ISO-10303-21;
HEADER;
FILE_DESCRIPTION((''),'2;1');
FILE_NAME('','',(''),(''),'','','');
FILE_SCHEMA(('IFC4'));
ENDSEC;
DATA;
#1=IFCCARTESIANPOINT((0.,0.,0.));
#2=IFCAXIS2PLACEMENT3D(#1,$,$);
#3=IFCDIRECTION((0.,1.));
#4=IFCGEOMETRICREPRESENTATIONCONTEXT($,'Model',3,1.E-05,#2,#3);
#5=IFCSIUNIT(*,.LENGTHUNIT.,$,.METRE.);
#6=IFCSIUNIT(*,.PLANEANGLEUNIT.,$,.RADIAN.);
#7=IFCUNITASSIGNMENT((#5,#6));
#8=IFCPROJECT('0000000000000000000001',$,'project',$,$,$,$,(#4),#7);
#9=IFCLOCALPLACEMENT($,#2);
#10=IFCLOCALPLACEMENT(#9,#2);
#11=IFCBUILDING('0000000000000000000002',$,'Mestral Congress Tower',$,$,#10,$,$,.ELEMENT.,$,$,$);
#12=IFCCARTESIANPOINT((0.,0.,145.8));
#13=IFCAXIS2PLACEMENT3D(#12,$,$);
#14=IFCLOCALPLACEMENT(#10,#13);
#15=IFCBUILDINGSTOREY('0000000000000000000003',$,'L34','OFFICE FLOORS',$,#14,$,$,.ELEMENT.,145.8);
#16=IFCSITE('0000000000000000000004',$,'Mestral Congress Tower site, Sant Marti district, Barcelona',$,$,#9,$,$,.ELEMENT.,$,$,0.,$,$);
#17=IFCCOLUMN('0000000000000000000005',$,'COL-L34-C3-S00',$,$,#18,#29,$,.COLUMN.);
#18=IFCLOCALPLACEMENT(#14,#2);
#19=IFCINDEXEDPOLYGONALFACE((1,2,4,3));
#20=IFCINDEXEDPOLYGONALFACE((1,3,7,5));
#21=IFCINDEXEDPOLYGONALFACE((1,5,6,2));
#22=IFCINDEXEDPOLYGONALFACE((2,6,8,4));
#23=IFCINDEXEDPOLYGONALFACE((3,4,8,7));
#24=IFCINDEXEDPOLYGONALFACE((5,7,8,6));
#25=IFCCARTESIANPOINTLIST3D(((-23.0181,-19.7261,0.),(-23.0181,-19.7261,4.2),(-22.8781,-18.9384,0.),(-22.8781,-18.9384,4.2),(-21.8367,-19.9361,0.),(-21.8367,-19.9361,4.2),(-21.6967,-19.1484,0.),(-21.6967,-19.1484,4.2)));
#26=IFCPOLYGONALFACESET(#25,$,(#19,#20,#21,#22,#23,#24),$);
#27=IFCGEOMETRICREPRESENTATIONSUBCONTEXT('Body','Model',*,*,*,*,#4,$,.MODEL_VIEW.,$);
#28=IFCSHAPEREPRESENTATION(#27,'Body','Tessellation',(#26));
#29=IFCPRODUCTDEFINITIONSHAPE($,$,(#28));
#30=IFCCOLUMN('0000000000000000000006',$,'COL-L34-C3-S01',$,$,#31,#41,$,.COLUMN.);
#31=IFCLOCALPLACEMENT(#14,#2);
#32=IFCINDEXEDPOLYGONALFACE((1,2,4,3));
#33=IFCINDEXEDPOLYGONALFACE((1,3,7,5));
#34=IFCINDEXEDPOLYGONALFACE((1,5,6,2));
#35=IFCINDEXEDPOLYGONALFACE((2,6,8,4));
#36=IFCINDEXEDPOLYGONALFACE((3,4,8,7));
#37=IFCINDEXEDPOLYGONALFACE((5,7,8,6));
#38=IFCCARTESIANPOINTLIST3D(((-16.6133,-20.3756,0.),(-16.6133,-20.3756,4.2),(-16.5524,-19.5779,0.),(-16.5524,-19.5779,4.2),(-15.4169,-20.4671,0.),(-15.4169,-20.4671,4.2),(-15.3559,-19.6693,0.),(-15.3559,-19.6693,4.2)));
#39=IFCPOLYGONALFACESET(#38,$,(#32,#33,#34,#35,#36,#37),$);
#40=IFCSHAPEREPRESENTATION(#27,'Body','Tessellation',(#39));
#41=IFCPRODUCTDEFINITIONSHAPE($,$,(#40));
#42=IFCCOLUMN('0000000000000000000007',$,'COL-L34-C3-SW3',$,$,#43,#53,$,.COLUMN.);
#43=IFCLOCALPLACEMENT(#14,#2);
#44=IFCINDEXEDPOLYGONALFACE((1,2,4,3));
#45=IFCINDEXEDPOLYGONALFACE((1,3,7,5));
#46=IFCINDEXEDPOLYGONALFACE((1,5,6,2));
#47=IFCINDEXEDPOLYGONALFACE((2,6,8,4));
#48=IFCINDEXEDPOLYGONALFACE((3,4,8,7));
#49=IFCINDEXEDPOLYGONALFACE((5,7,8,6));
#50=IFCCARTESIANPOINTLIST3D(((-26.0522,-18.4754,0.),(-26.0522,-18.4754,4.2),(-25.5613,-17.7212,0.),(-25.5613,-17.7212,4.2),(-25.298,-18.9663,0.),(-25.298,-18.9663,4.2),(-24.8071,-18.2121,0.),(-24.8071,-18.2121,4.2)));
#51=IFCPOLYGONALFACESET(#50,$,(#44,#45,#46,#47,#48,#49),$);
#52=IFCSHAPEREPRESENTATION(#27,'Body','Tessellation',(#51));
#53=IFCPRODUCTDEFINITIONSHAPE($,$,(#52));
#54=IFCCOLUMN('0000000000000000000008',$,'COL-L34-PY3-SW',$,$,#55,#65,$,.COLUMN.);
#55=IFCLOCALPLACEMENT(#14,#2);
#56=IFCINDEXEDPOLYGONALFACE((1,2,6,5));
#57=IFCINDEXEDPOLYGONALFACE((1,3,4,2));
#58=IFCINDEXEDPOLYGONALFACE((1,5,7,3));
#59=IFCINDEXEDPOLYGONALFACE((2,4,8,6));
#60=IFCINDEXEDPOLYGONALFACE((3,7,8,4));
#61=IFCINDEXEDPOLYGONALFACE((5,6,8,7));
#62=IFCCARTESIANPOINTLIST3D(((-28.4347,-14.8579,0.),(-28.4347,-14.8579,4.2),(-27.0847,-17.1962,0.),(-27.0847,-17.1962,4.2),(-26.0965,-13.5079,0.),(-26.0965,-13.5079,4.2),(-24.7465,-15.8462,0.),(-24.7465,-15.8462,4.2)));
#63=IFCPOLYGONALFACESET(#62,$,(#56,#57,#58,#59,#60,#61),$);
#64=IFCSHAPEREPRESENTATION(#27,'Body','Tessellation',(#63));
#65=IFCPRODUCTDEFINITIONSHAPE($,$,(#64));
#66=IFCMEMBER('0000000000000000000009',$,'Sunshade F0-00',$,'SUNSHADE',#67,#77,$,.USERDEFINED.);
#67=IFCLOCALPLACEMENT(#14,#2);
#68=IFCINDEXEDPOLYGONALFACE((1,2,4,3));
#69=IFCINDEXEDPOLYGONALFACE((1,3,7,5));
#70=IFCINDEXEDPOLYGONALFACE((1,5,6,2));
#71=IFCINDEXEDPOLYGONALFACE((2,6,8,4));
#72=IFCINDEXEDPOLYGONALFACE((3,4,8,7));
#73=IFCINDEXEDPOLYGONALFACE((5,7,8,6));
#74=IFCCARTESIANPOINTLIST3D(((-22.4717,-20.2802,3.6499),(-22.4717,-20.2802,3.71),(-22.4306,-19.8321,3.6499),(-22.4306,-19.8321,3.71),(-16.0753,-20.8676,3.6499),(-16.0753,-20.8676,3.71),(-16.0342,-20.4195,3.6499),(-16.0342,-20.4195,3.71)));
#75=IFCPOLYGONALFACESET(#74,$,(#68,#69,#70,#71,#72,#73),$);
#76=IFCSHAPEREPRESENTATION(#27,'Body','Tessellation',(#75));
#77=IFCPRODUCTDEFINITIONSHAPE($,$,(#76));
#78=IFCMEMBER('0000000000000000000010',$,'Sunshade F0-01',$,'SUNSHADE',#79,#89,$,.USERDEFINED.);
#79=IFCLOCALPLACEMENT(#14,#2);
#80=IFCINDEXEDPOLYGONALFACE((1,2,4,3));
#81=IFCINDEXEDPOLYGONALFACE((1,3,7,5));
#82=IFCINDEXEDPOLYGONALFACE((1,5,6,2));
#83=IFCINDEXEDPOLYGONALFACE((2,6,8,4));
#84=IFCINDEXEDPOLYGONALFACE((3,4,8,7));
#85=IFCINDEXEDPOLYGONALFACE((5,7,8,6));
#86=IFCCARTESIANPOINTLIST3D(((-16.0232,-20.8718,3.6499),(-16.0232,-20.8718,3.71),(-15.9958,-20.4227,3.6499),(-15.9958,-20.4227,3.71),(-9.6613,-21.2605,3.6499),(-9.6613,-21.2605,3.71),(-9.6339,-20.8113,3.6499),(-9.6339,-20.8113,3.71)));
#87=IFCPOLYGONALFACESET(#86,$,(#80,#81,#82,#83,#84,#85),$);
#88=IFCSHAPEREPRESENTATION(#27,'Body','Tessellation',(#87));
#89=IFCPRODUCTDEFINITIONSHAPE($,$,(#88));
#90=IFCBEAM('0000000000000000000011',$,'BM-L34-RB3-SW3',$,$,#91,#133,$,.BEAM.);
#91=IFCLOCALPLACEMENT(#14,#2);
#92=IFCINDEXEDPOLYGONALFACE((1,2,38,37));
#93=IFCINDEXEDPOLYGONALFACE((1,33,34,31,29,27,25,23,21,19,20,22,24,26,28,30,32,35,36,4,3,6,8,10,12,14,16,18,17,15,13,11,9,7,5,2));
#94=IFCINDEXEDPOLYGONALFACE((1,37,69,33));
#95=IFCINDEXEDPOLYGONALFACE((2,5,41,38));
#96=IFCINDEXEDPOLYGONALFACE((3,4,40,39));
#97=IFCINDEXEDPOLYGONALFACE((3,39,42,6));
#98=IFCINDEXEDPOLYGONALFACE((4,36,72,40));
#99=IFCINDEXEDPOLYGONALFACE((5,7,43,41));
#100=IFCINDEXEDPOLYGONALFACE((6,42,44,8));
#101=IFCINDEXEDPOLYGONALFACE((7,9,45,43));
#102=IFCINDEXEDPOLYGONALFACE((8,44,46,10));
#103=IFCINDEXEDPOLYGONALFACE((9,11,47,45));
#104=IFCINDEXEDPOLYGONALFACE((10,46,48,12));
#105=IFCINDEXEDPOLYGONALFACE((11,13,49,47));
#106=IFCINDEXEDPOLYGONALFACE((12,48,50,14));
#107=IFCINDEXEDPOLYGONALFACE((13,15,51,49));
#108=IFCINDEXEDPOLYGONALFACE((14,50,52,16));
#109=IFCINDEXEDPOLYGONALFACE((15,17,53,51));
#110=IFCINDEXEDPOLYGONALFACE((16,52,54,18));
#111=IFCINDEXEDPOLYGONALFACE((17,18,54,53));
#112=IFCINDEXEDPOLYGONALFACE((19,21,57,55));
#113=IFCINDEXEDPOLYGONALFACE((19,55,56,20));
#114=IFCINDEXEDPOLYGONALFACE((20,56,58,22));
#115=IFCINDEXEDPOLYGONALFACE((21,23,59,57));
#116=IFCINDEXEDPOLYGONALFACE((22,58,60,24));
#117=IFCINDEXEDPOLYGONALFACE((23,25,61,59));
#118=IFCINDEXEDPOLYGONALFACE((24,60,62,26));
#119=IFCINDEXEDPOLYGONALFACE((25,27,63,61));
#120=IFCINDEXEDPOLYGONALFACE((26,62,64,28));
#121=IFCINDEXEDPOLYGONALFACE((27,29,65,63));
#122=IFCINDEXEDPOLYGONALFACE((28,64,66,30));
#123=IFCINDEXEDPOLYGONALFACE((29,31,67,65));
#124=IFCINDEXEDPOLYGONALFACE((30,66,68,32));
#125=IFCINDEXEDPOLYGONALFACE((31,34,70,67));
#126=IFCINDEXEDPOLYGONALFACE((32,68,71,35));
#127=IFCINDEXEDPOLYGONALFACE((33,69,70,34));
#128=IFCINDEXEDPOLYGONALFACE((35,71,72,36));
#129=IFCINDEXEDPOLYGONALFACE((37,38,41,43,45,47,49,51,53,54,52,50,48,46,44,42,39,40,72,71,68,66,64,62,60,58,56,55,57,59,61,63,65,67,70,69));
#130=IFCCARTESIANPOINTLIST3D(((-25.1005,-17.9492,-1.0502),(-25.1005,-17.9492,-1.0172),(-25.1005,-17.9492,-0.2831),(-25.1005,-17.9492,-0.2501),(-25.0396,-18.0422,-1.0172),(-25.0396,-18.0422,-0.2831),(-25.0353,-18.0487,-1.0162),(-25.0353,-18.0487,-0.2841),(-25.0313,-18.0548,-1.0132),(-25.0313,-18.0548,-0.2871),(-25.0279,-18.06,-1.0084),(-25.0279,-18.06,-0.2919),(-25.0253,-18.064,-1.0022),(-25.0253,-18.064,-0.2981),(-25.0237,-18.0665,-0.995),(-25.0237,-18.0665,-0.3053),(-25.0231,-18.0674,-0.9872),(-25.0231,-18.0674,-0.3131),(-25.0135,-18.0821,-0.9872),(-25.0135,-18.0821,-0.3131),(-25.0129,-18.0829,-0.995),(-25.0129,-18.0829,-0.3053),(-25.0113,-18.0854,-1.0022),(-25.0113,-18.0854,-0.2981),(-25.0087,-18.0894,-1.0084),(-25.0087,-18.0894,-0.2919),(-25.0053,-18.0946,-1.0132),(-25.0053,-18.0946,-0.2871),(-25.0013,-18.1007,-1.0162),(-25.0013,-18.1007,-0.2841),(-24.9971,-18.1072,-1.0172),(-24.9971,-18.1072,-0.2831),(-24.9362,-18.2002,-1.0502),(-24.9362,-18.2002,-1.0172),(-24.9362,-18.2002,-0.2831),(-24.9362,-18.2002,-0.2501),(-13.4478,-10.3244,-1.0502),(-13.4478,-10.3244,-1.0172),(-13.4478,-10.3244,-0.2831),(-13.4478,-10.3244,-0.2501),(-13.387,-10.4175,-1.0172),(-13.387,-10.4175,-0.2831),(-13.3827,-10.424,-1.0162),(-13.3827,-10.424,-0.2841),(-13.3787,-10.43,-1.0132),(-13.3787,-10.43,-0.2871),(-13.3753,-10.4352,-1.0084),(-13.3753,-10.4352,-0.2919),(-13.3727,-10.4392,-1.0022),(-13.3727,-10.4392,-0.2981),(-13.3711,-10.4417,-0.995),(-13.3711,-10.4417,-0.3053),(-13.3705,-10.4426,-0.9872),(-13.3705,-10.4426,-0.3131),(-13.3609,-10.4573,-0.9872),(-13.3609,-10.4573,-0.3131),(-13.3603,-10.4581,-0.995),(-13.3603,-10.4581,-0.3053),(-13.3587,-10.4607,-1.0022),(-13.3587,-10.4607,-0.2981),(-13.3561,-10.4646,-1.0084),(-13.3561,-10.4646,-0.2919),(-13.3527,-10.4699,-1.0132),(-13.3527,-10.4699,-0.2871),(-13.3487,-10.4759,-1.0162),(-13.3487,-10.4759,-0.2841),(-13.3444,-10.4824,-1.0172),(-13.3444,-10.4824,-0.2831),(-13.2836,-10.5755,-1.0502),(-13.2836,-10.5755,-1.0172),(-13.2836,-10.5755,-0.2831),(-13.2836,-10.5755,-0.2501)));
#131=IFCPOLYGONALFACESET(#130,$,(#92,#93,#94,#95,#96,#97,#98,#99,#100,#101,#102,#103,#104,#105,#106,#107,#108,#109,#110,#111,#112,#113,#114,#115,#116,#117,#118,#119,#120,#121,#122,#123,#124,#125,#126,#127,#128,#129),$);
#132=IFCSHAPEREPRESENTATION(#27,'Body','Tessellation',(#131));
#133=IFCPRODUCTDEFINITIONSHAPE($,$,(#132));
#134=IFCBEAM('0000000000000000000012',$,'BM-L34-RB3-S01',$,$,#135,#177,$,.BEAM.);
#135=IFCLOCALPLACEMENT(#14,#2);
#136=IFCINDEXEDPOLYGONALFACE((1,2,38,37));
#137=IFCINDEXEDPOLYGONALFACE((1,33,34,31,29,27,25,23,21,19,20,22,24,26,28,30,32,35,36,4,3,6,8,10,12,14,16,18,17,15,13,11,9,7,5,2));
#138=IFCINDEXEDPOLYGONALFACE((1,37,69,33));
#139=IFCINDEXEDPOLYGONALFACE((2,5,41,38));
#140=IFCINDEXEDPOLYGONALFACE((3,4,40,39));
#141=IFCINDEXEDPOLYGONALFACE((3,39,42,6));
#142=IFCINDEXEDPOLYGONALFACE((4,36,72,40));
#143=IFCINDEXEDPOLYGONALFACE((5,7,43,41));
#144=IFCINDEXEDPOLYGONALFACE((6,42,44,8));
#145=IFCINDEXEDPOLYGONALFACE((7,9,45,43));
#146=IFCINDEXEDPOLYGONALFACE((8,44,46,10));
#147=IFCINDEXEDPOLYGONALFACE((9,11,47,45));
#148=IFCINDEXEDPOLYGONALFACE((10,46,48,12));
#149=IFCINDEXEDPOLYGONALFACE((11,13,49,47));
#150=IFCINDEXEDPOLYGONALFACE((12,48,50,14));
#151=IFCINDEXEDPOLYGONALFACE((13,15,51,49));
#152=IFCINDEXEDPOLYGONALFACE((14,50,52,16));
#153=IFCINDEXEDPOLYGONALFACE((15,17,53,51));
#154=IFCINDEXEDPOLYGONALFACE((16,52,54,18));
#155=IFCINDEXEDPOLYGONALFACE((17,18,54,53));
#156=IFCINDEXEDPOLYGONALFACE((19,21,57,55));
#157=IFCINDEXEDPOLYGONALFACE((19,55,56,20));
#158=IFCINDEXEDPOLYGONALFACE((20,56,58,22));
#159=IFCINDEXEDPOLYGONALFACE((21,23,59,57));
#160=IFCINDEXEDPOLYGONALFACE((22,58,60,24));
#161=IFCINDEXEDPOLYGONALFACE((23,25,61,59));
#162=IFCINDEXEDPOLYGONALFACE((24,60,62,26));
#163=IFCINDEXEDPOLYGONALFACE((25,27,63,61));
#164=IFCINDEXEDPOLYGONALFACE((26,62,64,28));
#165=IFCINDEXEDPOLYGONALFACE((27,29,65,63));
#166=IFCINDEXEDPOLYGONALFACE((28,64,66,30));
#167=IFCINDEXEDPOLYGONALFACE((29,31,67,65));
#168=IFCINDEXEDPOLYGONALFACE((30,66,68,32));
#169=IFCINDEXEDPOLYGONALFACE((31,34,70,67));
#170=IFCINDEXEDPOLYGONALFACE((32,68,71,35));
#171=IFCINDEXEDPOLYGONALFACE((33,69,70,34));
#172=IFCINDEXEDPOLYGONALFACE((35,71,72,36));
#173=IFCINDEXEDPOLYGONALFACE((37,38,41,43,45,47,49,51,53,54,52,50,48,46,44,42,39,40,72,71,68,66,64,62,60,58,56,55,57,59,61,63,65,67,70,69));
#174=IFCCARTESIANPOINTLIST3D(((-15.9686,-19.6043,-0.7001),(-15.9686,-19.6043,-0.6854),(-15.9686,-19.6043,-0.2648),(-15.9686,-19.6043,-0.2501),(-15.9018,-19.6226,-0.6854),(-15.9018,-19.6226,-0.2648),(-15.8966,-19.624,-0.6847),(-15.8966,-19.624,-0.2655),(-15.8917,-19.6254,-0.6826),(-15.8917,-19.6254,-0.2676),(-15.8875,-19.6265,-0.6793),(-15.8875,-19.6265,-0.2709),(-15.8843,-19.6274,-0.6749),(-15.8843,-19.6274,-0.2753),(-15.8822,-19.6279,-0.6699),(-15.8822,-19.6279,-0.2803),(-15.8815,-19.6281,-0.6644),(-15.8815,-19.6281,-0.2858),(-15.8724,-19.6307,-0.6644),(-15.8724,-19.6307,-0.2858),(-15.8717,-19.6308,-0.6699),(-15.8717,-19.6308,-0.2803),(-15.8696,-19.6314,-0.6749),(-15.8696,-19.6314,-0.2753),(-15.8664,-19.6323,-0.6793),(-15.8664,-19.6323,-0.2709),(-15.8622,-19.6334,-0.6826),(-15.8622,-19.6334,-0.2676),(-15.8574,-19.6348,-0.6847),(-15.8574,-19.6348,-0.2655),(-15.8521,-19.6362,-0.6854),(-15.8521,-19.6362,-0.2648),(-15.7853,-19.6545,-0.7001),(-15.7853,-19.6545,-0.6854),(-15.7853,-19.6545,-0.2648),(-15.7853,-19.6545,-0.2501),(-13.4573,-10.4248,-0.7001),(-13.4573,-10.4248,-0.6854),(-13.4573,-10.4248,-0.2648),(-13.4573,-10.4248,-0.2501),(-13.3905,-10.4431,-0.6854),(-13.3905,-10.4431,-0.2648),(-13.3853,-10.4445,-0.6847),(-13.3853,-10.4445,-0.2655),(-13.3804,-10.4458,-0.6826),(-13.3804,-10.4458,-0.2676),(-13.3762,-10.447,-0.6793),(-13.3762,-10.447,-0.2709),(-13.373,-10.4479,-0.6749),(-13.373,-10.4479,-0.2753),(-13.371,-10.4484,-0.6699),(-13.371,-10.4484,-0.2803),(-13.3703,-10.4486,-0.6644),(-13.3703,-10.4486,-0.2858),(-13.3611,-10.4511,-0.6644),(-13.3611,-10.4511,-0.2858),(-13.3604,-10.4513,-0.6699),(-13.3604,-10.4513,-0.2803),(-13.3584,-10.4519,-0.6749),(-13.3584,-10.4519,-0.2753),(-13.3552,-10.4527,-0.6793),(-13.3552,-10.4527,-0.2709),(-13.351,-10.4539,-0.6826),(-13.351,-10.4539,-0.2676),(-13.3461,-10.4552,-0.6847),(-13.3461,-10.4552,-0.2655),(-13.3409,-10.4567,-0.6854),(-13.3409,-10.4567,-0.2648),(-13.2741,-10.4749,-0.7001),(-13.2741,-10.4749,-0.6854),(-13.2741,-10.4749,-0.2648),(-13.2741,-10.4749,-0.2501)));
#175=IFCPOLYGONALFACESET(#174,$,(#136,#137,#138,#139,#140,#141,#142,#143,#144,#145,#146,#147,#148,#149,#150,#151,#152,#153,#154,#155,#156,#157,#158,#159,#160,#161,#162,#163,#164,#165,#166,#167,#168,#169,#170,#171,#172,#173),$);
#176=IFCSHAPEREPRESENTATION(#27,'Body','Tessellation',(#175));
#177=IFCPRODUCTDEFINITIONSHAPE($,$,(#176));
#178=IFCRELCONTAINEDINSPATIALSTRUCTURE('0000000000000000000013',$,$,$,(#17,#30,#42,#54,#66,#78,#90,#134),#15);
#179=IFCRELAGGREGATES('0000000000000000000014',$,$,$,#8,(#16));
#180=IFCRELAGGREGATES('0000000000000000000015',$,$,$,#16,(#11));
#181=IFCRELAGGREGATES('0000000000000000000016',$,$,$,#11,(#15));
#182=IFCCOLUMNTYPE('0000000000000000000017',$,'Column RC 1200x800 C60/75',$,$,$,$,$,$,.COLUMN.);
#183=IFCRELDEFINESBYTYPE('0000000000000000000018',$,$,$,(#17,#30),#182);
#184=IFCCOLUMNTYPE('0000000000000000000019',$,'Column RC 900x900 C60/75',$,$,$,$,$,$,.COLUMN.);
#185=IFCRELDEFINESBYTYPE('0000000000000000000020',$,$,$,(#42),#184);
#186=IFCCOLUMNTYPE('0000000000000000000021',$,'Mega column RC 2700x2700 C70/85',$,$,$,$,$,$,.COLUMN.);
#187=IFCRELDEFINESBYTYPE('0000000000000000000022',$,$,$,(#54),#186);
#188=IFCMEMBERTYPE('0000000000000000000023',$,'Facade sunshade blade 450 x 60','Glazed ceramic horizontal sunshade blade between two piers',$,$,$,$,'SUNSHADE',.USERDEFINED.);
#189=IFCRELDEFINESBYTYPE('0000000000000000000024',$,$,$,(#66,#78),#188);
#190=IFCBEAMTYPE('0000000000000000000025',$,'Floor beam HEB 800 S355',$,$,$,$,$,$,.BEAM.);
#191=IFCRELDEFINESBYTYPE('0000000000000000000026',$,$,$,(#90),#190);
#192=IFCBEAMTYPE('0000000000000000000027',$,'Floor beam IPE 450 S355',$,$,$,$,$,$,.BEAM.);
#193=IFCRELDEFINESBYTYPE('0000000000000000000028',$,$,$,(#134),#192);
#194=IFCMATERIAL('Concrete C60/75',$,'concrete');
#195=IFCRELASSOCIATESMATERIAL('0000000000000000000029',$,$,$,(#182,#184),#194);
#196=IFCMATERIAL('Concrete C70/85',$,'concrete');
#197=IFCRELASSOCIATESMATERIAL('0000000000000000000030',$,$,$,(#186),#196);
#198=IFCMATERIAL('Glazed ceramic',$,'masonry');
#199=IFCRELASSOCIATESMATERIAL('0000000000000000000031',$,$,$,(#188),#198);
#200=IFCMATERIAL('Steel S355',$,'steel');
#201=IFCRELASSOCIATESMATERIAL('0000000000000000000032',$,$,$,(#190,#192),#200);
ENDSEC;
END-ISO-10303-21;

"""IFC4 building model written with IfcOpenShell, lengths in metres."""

from ifc_helpers import new_model, si_unit, direction, frame, origin, origin_2d, place, context, subcontext, project, spatial, rectangle, i_section, extrude, material, material_profile, profile_set, type_object, element, save


model = new_model("IFC4")

# Units and contexts
model_context = context("Model", 3, precision=1e-05, world=origin(), true_north=direction((0.0, 1.0)))
body_context = subcontext(model_context, "Body", "Model", "MODEL_VIEW")
ifc_project = project(units=[si_unit("LENGTHUNIT", "METRE"), si_unit("PLANEANGLEUNIT", "RADIAN")], contexts=[model_context])

# Site, building, storey
site_placement = place(None, origin())
site = spatial("IfcSite", under=ifc_project, at=site_placement, Name="Mestral Congress Tower site, Sant Marti district, Barcelona", CompositionType="ELEMENT", RefElevation=0.0)
building_placement = place(site_placement, origin())
building = spatial("IfcBuilding", under=site, at=building_placement, Name="Mestral Congress Tower", CompositionType="ELEMENT")
storey_placement = place(building_placement, frame((0.0, 0.0, 145.8)))
storey = spatial("IfcBuildingStorey", under=building, at=storey_placement, Name="L34", Description="OFFICE FLOORS", CompositionType="ELEMENT", Elevation=145.8)

# Columns
ifc_material_1 = material(Name="Concrete C60/75", Category="concrete")
ifc_material_profile_1 = material_profile(ifc_material_1, rectangle(XDim=1.2, YDim=0.8, at=origin_2d()), Name="RC 1200x800")
ifc_profile_set_1 = profile_set([ifc_material_profile_1], Name="Concrete C60/75")
column_type_1 = type_object("IfcColumnType", Name="Column RC 1200x800 C60/75", PredefinedType="COLUMN", material=ifc_profile_set_1)
for number, where, z_axis, x_axis, name in (
    (1, (-22.3574, -19.4373, 0.0), (0.0, 0.0, 1.0), (0.984571, -0.174985, 0.0), "COL-L34-C3-S00"),
    (2, (-15.9846, -20.0225, 0.0), (0.0, 0.0, 1.0), (0.99709, -0.076237, 0.0), "COL-L34-C3-S01"),
):
    element("IfcColumn", number, at=place(storey_placement, frame(where, z_axis=z_axis, x_axis=x_axis)), inside=storey, type_object=column_type_1, Name=name, PredefinedType="COLUMN", context=body_context, shape_type="SweptSolid", body=[
        extrude(rectangle(XDim=1.2, YDim=0.8, at=origin_2d()), origin(), (0.0, 0.0, 1.0), 4.2),
    ])
ifc_material_profile_2 = material_profile(ifc_material_1, rectangle(XDim=0.8999, YDim=0.8999, at=origin_2d()), Name="RC 900x900")
ifc_profile_set_2 = profile_set([ifc_material_profile_2], Name="Concrete C60/75")
column_type_2 = type_object("IfcColumnType", Name="Column RC 900x900 C60/75", PredefinedType="COLUMN", material=ifc_profile_set_2)
column_1_placement = place(storey_placement, frame((-25.4297, -18.3438, 0.0), z_axis=(0.0, 0.0, 1.0), x_axis=(0.838094, -0.545526, 0.0)))
element("IfcColumn", 3, at=column_1_placement, inside=storey, type_object=column_type_2, Name="COL-L34-C3-SW3", PredefinedType="COLUMN", context=body_context, shape_type="SweptSolid", body=[
    extrude(rectangle(XDim=0.8999, YDim=0.8999, at=origin_2d()), origin(), (0.0, 0.0, 1.0), 4.2),
])
ifc_material_2 = material(Name="Concrete C70/85", Category="concrete")
ifc_material_profile_3 = material_profile(ifc_material_2, rectangle(XDim=2.7, YDim=2.7, at=origin_2d()), Name="RC 2700x2700")
ifc_profile_set_3 = profile_set([ifc_material_profile_3], Name="Concrete C70/85")
column_type_3 = type_object("IfcColumnType", Name="Mega column RC 2700x2700 C70/85", PredefinedType="COLUMN", material=ifc_profile_set_3)
column_2_placement = place(storey_placement, frame((-26.5906, -15.3521, 0.0), z_axis=(0.0, 0.0, 1.0), x_axis=(-0.866025, -0.5, 0.0)))
element("IfcColumn", 4, at=column_2_placement, inside=storey, type_object=column_type_3, Name="COL-L34-PY3-SW", PredefinedType="COLUMN", context=body_context, shape_type="SweptSolid", body=[
    extrude(rectangle(XDim=2.7, YDim=2.7, at=origin_2d()), origin(), (0.0, 0.0, 1.0), 4.2),
])

# Members
ifc_material_3 = material(Name="Glazed ceramic", Category="masonry")
ifc_material_profile_4 = material_profile(ifc_material_3, rectangle(XDim=0.45, YDim=0.0601, at=origin_2d()), Name="Ceramic blade 450 x 60")
ifc_profile_set_4 = profile_set([ifc_material_profile_4], Name="Glazed ceramic")
member_type = type_object("IfcMemberType", Name="Facade sunshade blade 450 x 60", Description="Glazed ceramic horizontal sunshade blade between two piers", ElementType="SUNSHADE", PredefinedType="USERDEFINED", material=ifc_profile_set_4)
member_1_placement = place(storey_placement, frame((-22.4512, -20.0562, 3.6799), z_axis=(0.99581, -0.091447, 0.0), x_axis=(0.091447, 0.99581, 0.0)))
element("IfcMember", 5, at=member_1_placement, inside=storey, type_object=member_type, Name="Sunshade F0-00", ObjectType="SUNSHADE", PredefinedType="USERDEFINED", context=body_context, shape_type="SweptSolid", body=[
    extrude(rectangle(XDim=0.45, YDim=0.0601, at=origin_2d()), origin(), (0.0, 0.0, 1.0), 6.4233),
])
member_2_placement = place(storey_placement, frame((-16.0095, -20.6472, 3.6799), z_axis=(0.998139, -0.060981, 0.0), x_axis=(0.060981, 0.998139, 0.0)))
element("IfcMember", 6, at=member_2_placement, inside=storey, type_object=member_type, Name="Sunshade F0-01", ObjectType="SUNSHADE", PredefinedType="USERDEFINED", context=body_context, shape_type="SweptSolid", body=[
    extrude(rectangle(XDim=0.45, YDim=0.0601, at=origin_2d()), origin(), (0.0, 0.0, 1.0), 6.3738),
])

# Beams
ifc_material_4 = material(Name="Steel S355", Category="steel")
ifc_material_profile_5 = material_profile(ifc_material_4, i_section(OverallWidth=0.3, OverallDepth=0.8, WebThickness=0.0176, FlangeThickness=0.033, FilletRadius=0.03, at=origin_2d()), Name="HEB 800")
ifc_profile_set_5 = profile_set([ifc_material_profile_5], Name="Steel S355")
beam_type_1 = type_object("IfcBeamType", Name="Floor beam HEB 800 S355", PredefinedType="BEAM", material=ifc_profile_set_5)
beam_1_placement = place(storey_placement, frame((-25.0183, -18.0747, -0.6501), z_axis=(0.83678, 0.547539, 0.0), x_axis=(-0.547539, 0.83678, 0.0)))
element("IfcBeam", 7, at=beam_1_placement, inside=storey, type_object=beam_type_1, Name="BM-L34-RB3-SW3", PredefinedType="BEAM", context=body_context, shape_type="SweptSolid", body=[
    extrude(i_section(OverallWidth=0.3, OverallDepth=0.8, WebThickness=0.0176, FlangeThickness=0.033, FilletRadius=0.03, at=origin_2d()), origin(), (0.0, 0.0, 1.0), 13.9255),
])
ifc_material_profile_6 = material_profile(ifc_material_4, i_section(OverallWidth=0.1899, OverallDepth=0.45, WebThickness=0.0095, FlangeThickness=0.0146, FilletRadius=0.021, at=origin_2d()), Name="IPE 450")
ifc_profile_set_6 = profile_set([ifc_material_profile_6], Name="Steel S355")
beam_type_2 = type_object("IfcBeamType", Name="Floor beam IPE 450 S355", PredefinedType="BEAM", material=ifc_profile_set_6)
beam_2_placement = place(storey_placement, frame((-15.877, -19.6294, -0.4751), z_axis=(0.263875, 0.964557, 0.0), x_axis=(-0.964557, 0.263875, 0.0)))
element("IfcBeam", 8, at=beam_2_placement, inside=storey, type_object=beam_type_2, Name="BM-L34-RB3-S01", PredefinedType="BEAM", context=body_context, shape_type="SweptSolid", body=[
    extrude(i_section(OverallWidth=0.1899, OverallDepth=0.45, WebThickness=0.0095, FlangeThickness=0.0146, FilletRadius=0.021, at=origin_2d()), origin(), (0.0, 0.0, 1.0), 9.5168),
])

save(model, "model.ifc")
